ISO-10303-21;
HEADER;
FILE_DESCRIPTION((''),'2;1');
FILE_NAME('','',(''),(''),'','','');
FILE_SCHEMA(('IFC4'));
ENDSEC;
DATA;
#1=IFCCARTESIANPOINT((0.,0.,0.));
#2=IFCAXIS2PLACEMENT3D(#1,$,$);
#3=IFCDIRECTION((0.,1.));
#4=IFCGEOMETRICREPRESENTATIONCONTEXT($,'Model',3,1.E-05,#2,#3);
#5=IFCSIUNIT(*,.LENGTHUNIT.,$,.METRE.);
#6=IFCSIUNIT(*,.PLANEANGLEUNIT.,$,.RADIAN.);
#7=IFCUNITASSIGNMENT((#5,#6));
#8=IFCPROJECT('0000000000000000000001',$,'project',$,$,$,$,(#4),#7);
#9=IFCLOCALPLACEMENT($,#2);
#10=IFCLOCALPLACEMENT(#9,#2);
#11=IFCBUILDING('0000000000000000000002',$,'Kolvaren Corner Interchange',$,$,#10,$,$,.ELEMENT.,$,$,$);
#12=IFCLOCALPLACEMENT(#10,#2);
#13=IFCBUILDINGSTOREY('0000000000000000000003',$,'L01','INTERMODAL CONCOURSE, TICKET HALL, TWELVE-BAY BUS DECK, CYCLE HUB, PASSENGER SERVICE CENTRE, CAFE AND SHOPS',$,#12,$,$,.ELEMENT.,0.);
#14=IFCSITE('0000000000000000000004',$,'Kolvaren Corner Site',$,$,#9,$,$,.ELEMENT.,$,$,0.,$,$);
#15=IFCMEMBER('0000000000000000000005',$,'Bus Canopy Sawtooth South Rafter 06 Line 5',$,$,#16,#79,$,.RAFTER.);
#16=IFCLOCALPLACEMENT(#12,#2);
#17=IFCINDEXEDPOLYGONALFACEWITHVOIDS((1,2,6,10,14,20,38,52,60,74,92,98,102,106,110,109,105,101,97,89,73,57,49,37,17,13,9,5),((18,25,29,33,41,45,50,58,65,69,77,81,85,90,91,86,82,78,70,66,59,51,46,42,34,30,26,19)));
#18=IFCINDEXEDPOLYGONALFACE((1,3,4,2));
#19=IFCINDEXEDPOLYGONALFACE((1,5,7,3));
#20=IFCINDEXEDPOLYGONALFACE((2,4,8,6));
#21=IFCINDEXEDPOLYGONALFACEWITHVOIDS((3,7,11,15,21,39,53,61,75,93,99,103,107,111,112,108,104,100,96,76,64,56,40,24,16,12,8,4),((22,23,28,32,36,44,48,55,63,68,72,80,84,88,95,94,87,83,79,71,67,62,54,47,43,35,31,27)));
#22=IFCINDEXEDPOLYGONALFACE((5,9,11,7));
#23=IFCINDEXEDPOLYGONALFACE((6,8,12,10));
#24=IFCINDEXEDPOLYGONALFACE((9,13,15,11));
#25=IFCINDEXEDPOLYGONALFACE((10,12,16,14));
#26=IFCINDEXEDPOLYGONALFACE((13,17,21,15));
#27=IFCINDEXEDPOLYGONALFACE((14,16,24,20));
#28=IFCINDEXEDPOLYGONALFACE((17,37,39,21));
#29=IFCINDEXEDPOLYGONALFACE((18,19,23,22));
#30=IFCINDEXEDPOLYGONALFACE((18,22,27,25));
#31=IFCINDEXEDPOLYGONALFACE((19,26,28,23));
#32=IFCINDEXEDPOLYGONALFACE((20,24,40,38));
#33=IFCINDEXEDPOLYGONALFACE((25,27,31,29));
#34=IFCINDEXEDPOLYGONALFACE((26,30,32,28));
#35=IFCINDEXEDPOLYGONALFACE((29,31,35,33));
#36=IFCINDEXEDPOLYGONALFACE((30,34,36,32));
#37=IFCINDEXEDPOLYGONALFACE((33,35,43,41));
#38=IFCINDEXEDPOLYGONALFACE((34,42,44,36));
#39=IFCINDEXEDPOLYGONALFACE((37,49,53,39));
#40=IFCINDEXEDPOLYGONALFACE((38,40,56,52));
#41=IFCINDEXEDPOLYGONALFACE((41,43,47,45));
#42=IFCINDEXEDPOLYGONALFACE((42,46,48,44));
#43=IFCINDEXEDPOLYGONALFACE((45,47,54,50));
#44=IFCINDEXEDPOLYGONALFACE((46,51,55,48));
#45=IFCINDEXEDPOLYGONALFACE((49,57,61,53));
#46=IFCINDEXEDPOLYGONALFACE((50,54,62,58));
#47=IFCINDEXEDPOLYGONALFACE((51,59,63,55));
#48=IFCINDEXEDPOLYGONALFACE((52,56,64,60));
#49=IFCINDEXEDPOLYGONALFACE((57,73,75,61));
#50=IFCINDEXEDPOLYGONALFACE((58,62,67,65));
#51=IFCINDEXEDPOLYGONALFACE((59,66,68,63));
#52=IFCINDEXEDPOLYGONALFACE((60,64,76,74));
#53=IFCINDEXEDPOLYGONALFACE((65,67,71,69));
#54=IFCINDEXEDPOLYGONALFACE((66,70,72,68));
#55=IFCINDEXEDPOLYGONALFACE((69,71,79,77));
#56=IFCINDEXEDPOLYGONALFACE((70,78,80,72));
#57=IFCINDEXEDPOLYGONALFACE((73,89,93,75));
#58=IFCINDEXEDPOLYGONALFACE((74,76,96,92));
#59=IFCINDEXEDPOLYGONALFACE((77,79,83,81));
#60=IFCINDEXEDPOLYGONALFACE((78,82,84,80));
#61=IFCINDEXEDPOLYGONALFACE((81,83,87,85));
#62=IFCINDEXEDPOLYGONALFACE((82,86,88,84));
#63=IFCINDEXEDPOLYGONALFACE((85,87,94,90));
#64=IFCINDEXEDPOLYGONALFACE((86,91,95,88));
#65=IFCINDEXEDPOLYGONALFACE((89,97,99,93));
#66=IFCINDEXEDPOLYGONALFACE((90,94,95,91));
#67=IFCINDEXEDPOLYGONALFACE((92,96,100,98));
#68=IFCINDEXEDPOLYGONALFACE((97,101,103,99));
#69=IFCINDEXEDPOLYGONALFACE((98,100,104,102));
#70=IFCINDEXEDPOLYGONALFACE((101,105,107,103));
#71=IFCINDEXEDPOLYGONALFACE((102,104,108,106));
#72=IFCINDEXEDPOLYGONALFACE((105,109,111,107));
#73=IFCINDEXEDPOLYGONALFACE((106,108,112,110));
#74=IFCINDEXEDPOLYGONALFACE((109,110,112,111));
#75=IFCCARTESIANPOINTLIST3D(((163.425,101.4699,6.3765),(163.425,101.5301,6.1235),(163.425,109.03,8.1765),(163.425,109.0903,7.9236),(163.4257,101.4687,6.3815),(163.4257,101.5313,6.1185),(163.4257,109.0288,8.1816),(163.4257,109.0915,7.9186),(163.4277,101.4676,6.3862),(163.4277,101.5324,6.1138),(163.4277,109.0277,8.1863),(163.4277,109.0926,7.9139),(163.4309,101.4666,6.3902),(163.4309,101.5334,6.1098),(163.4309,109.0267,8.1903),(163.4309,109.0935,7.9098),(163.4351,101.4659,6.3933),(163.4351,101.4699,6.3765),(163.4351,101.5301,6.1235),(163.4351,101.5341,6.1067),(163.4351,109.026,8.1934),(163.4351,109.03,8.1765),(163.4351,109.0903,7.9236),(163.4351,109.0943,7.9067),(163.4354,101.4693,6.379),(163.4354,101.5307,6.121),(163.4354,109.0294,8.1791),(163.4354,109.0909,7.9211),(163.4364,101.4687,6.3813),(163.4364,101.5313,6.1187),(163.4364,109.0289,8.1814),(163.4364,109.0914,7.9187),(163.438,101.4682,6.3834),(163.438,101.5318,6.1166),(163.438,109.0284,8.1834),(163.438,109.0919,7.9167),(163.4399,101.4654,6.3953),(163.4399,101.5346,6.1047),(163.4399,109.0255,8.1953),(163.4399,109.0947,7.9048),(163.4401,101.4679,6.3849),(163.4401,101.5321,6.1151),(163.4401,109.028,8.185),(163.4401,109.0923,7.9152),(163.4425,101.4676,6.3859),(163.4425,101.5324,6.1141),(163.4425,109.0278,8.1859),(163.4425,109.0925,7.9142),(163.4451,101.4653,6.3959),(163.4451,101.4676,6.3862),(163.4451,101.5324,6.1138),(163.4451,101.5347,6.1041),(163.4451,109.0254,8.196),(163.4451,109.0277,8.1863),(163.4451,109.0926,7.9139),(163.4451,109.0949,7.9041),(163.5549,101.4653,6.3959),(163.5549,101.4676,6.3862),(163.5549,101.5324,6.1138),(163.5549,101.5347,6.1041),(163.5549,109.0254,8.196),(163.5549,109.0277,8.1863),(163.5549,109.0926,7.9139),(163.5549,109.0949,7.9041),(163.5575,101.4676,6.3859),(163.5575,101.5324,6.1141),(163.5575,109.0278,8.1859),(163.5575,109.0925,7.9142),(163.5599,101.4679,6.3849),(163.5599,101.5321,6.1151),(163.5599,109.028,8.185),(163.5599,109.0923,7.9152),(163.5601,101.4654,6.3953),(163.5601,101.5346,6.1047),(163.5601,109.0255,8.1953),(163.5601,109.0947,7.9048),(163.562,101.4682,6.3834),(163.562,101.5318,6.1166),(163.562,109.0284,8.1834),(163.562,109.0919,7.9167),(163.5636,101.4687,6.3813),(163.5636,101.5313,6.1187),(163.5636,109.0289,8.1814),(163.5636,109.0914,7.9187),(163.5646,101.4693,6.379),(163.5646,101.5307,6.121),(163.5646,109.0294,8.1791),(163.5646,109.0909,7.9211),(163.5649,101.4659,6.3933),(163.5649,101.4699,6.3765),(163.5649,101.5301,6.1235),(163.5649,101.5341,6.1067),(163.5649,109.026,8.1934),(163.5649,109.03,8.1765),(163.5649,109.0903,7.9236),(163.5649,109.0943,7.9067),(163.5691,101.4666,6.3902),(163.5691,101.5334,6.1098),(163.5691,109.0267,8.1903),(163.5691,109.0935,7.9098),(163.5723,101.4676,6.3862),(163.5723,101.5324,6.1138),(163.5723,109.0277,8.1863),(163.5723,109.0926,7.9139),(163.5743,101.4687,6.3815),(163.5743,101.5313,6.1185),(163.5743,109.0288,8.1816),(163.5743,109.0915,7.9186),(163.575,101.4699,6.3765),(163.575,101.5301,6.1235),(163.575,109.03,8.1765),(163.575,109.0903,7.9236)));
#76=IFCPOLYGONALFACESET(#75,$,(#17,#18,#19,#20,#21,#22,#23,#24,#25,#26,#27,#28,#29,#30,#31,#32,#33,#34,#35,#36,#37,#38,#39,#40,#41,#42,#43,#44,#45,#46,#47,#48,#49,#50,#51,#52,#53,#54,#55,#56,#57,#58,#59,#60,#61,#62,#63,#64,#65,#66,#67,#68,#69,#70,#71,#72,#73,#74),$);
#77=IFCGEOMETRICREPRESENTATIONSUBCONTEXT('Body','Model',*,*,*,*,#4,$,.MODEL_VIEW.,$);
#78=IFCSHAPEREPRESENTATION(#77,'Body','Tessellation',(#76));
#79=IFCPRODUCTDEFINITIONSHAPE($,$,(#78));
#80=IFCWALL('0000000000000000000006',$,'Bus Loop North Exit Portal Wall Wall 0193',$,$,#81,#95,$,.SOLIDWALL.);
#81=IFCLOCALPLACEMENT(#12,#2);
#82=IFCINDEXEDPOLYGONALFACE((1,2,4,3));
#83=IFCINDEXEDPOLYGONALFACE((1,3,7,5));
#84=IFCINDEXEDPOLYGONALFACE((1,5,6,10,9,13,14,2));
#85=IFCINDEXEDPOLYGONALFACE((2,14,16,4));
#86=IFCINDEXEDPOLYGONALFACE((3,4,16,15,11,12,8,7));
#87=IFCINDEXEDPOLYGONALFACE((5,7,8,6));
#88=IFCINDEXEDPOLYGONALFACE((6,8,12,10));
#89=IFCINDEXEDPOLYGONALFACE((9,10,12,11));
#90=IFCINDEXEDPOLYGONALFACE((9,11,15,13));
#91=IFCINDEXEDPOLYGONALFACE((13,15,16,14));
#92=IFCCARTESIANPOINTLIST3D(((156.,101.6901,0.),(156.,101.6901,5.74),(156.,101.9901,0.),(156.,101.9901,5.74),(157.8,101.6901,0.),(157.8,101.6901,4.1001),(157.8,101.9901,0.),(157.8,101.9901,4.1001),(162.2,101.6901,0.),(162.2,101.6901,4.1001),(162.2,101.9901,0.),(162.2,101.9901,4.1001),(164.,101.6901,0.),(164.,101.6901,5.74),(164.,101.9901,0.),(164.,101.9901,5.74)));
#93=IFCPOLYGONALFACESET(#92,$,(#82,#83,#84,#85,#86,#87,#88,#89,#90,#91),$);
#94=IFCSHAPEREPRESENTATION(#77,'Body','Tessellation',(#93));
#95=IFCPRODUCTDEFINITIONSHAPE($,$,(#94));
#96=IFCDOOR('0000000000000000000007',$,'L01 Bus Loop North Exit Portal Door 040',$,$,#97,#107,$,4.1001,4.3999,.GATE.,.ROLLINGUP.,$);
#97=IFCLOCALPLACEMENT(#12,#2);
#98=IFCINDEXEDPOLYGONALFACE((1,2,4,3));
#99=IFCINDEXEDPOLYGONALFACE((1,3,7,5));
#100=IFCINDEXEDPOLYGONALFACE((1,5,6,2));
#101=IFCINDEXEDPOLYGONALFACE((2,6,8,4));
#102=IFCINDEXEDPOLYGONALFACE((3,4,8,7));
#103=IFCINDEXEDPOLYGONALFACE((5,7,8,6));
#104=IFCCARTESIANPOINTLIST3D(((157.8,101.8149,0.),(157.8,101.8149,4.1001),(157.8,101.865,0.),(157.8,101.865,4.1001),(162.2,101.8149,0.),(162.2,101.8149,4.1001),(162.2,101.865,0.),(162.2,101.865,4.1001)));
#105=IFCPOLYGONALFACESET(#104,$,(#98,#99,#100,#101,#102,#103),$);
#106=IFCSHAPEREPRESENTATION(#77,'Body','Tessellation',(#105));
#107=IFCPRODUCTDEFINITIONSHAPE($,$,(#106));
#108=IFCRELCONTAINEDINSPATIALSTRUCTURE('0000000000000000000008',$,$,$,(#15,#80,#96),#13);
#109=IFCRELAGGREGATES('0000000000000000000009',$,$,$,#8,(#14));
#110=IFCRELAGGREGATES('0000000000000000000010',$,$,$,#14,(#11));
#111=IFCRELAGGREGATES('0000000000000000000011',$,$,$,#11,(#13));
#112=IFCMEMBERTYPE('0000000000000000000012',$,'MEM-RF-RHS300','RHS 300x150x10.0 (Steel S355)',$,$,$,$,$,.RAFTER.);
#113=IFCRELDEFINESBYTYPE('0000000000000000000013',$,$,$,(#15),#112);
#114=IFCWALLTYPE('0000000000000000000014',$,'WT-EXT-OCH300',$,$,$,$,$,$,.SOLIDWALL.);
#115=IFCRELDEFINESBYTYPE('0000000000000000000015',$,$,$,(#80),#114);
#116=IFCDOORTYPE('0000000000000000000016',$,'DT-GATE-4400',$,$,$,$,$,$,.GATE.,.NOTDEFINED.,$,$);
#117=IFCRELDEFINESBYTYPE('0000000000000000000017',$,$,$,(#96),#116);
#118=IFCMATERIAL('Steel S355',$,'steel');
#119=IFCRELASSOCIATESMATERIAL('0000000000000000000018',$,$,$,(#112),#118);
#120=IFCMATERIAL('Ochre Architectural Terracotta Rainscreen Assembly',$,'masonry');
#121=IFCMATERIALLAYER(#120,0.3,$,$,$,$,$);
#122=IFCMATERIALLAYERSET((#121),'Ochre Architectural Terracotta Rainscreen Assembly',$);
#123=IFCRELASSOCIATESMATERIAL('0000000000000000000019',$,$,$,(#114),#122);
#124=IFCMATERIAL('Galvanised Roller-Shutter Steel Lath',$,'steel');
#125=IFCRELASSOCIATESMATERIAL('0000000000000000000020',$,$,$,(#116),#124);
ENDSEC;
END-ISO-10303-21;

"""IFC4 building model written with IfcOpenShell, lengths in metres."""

from ifc_helpers import new_model, si_unit, direction, frame, frame_2d, origin, origin_2d, place, context, subcontext, project, spatial, rectangle, hollow_rectangle, extrude, material, layer, layer_set, material_profile, profile_set, type_object, element, fill, save


model = new_model("IFC4")

# Units and contexts
model_context = context("Model", 3, precision=1e-05, world=origin(), true_north=direction((0.0, 1.0)))
body_context = subcontext(model_context, "Body", "Model", "MODEL_VIEW")
ifc_project = project(units=[si_unit("LENGTHUNIT", "METRE"), si_unit("PLANEANGLEUNIT", "RADIAN")], contexts=[model_context])

# Site, building, storey
site_placement = place(None, origin())
site = spatial("IfcSite", under=ifc_project, at=site_placement, Name="Kolvaren Corner Site", CompositionType="ELEMENT", RefElevation=0.0)
building_placement = place(site_placement, origin())
building = spatial("IfcBuilding", under=site, at=building_placement, Name="Kolvaren Corner Interchange", CompositionType="ELEMENT")
storey_placement = place(building_placement, origin())
storey = spatial("IfcBuildingStorey", under=building, at=storey_placement, Name="L01", Description="INTERMODAL CONCOURSE, TICKET HALL, TWELVE-BAY BUS DECK, CYCLE HUB, PASSENGER SERVICE CENTRE, CAFE AND SHOPS", CompositionType="ELEMENT", Elevation=0.0)

# Member
ifc_material_1 = material(Name="Steel S355", Category="steel")
ifc_material_profile_1 = material_profile(ifc_material_1, hollow_rectangle(XDim=0.1499, YDim=0.3, WallThickness=0.01, InnerFilletRadius=0.01, OuterFilletRadius=0.02, at=origin_2d()), Name="RHS 300x150x10.0")
ifc_profile_set_1 = profile_set([ifc_material_profile_1], Name="Steel S355")
member_type_1 = type_object("IfcMemberType", Name="MEM-RF-RHS300", Description="RHS 300x150x10.0 (Steel S355)", PredefinedType="RAFTER", material=ifc_profile_set_1)
for number, where, z_axis, x_axis, name in (
    (1, (163.5, 101.5, 6.25), (0.0, 0.972805, 0.231625), (-1.0, 0.0, 0.0), "Bus Canopy Sawtooth South Rafter 06 Line 5"),
):
    element("IfcMember", number, at=place(storey_placement, frame(where, z_axis=z_axis, x_axis=x_axis)), inside=storey, type_object=member_type_1, Name=name, PredefinedType="RAFTER", context=body_context, shape_type="SweptSolid", body=[
        extrude(hollow_rectangle(XDim=0.1499, YDim=0.3, WallThickness=0.01, InnerFilletRadius=0.01, OuterFilletRadius=0.02, at=origin_2d()), origin(), (0.0, 0.0, 1.0), 7.7715),
    ])

# Wall, opening, door
ifc_material_2 = material(Name="Ochre Architectural Terracotta Rainscreen Assembly", Category="masonry")
ifc_layer = layer(ifc_material_2, 0.3)
ifc_layer_set = layer_set([ifc_layer], Name="Ochre Architectural Terracotta Rainscreen Assembly")
wall_type = type_object("IfcWallType", Name="WT-EXT-OCH300", PredefinedType="SOLIDWALL", material=ifc_layer_set)
wall_placement = place(storey_placement, frame((156.0, 101.8401, 0.0), z_axis=(0.0, 0.0, 1.0), x_axis=(1.0, 0.0, 0.0)))
wall = element("IfcWall", 2, at=wall_placement, inside=storey, type_object=wall_type, Name="Bus Loop North Exit Portal Wall Wall 0193", PredefinedType="SOLIDWALL", context=body_context, shape_type="SweptSolid", body=[
    extrude(rectangle(XDim=8.0, YDim=0.3, at=frame_2d((4.0, 0.0))), origin(), (0.0, 0.0, 1.0), 5.74),
])
opening_placement = place(wall_placement, frame((1.8, 0.0, 0.0)))
opening = element("IfcOpeningElement", 3, at=opening_placement, cuts=wall, PredefinedType="OPENING", context=body_context, shape_type="SweptSolid", body=[
    extrude(rectangle(XDim=4.3999, YDim=4.1001, at=frame_2d((2.2, 2.05))), frame((0.0, 0.1599, 0.0), z_axis=(0.0, -1.0, 0.0), x_axis=(1.0, 0.0, 0.0)), (0.0, 0.0, 1.0), 0.3201),
])
ifc_material_3 = material(Name="Galvanised Roller-Shutter Steel Lath", Category="steel")
door_type = type_object("IfcDoorType", Name="DT-GATE-4400", OperationType="NOTDEFINED", PredefinedType="GATE", material=ifc_material_3)
door_placement = place(opening_placement, origin())
door = element("IfcDoor", 4, at=door_placement, inside=storey, type_object=door_type, Name="L01 Bus Loop North Exit Portal Door 040", OperationType="ROLLINGUP", OverallHeight=4.1001, OverallWidth=4.3999, PredefinedType="GATE", context=body_context, shape_type="SweptSolid", body=[
    extrude(rectangle(XDim=4.3999, YDim=4.1001, at=frame_2d((2.2, 2.05))), frame((0.0, 0.0249, 0.0), z_axis=(0.0, -1.0, 0.0), x_axis=(1.0, 0.0, 0.0)), (0.0, 0.0, 1.0), 0.05),
])
fill(opening, door)

save(model, "model.ifc")
